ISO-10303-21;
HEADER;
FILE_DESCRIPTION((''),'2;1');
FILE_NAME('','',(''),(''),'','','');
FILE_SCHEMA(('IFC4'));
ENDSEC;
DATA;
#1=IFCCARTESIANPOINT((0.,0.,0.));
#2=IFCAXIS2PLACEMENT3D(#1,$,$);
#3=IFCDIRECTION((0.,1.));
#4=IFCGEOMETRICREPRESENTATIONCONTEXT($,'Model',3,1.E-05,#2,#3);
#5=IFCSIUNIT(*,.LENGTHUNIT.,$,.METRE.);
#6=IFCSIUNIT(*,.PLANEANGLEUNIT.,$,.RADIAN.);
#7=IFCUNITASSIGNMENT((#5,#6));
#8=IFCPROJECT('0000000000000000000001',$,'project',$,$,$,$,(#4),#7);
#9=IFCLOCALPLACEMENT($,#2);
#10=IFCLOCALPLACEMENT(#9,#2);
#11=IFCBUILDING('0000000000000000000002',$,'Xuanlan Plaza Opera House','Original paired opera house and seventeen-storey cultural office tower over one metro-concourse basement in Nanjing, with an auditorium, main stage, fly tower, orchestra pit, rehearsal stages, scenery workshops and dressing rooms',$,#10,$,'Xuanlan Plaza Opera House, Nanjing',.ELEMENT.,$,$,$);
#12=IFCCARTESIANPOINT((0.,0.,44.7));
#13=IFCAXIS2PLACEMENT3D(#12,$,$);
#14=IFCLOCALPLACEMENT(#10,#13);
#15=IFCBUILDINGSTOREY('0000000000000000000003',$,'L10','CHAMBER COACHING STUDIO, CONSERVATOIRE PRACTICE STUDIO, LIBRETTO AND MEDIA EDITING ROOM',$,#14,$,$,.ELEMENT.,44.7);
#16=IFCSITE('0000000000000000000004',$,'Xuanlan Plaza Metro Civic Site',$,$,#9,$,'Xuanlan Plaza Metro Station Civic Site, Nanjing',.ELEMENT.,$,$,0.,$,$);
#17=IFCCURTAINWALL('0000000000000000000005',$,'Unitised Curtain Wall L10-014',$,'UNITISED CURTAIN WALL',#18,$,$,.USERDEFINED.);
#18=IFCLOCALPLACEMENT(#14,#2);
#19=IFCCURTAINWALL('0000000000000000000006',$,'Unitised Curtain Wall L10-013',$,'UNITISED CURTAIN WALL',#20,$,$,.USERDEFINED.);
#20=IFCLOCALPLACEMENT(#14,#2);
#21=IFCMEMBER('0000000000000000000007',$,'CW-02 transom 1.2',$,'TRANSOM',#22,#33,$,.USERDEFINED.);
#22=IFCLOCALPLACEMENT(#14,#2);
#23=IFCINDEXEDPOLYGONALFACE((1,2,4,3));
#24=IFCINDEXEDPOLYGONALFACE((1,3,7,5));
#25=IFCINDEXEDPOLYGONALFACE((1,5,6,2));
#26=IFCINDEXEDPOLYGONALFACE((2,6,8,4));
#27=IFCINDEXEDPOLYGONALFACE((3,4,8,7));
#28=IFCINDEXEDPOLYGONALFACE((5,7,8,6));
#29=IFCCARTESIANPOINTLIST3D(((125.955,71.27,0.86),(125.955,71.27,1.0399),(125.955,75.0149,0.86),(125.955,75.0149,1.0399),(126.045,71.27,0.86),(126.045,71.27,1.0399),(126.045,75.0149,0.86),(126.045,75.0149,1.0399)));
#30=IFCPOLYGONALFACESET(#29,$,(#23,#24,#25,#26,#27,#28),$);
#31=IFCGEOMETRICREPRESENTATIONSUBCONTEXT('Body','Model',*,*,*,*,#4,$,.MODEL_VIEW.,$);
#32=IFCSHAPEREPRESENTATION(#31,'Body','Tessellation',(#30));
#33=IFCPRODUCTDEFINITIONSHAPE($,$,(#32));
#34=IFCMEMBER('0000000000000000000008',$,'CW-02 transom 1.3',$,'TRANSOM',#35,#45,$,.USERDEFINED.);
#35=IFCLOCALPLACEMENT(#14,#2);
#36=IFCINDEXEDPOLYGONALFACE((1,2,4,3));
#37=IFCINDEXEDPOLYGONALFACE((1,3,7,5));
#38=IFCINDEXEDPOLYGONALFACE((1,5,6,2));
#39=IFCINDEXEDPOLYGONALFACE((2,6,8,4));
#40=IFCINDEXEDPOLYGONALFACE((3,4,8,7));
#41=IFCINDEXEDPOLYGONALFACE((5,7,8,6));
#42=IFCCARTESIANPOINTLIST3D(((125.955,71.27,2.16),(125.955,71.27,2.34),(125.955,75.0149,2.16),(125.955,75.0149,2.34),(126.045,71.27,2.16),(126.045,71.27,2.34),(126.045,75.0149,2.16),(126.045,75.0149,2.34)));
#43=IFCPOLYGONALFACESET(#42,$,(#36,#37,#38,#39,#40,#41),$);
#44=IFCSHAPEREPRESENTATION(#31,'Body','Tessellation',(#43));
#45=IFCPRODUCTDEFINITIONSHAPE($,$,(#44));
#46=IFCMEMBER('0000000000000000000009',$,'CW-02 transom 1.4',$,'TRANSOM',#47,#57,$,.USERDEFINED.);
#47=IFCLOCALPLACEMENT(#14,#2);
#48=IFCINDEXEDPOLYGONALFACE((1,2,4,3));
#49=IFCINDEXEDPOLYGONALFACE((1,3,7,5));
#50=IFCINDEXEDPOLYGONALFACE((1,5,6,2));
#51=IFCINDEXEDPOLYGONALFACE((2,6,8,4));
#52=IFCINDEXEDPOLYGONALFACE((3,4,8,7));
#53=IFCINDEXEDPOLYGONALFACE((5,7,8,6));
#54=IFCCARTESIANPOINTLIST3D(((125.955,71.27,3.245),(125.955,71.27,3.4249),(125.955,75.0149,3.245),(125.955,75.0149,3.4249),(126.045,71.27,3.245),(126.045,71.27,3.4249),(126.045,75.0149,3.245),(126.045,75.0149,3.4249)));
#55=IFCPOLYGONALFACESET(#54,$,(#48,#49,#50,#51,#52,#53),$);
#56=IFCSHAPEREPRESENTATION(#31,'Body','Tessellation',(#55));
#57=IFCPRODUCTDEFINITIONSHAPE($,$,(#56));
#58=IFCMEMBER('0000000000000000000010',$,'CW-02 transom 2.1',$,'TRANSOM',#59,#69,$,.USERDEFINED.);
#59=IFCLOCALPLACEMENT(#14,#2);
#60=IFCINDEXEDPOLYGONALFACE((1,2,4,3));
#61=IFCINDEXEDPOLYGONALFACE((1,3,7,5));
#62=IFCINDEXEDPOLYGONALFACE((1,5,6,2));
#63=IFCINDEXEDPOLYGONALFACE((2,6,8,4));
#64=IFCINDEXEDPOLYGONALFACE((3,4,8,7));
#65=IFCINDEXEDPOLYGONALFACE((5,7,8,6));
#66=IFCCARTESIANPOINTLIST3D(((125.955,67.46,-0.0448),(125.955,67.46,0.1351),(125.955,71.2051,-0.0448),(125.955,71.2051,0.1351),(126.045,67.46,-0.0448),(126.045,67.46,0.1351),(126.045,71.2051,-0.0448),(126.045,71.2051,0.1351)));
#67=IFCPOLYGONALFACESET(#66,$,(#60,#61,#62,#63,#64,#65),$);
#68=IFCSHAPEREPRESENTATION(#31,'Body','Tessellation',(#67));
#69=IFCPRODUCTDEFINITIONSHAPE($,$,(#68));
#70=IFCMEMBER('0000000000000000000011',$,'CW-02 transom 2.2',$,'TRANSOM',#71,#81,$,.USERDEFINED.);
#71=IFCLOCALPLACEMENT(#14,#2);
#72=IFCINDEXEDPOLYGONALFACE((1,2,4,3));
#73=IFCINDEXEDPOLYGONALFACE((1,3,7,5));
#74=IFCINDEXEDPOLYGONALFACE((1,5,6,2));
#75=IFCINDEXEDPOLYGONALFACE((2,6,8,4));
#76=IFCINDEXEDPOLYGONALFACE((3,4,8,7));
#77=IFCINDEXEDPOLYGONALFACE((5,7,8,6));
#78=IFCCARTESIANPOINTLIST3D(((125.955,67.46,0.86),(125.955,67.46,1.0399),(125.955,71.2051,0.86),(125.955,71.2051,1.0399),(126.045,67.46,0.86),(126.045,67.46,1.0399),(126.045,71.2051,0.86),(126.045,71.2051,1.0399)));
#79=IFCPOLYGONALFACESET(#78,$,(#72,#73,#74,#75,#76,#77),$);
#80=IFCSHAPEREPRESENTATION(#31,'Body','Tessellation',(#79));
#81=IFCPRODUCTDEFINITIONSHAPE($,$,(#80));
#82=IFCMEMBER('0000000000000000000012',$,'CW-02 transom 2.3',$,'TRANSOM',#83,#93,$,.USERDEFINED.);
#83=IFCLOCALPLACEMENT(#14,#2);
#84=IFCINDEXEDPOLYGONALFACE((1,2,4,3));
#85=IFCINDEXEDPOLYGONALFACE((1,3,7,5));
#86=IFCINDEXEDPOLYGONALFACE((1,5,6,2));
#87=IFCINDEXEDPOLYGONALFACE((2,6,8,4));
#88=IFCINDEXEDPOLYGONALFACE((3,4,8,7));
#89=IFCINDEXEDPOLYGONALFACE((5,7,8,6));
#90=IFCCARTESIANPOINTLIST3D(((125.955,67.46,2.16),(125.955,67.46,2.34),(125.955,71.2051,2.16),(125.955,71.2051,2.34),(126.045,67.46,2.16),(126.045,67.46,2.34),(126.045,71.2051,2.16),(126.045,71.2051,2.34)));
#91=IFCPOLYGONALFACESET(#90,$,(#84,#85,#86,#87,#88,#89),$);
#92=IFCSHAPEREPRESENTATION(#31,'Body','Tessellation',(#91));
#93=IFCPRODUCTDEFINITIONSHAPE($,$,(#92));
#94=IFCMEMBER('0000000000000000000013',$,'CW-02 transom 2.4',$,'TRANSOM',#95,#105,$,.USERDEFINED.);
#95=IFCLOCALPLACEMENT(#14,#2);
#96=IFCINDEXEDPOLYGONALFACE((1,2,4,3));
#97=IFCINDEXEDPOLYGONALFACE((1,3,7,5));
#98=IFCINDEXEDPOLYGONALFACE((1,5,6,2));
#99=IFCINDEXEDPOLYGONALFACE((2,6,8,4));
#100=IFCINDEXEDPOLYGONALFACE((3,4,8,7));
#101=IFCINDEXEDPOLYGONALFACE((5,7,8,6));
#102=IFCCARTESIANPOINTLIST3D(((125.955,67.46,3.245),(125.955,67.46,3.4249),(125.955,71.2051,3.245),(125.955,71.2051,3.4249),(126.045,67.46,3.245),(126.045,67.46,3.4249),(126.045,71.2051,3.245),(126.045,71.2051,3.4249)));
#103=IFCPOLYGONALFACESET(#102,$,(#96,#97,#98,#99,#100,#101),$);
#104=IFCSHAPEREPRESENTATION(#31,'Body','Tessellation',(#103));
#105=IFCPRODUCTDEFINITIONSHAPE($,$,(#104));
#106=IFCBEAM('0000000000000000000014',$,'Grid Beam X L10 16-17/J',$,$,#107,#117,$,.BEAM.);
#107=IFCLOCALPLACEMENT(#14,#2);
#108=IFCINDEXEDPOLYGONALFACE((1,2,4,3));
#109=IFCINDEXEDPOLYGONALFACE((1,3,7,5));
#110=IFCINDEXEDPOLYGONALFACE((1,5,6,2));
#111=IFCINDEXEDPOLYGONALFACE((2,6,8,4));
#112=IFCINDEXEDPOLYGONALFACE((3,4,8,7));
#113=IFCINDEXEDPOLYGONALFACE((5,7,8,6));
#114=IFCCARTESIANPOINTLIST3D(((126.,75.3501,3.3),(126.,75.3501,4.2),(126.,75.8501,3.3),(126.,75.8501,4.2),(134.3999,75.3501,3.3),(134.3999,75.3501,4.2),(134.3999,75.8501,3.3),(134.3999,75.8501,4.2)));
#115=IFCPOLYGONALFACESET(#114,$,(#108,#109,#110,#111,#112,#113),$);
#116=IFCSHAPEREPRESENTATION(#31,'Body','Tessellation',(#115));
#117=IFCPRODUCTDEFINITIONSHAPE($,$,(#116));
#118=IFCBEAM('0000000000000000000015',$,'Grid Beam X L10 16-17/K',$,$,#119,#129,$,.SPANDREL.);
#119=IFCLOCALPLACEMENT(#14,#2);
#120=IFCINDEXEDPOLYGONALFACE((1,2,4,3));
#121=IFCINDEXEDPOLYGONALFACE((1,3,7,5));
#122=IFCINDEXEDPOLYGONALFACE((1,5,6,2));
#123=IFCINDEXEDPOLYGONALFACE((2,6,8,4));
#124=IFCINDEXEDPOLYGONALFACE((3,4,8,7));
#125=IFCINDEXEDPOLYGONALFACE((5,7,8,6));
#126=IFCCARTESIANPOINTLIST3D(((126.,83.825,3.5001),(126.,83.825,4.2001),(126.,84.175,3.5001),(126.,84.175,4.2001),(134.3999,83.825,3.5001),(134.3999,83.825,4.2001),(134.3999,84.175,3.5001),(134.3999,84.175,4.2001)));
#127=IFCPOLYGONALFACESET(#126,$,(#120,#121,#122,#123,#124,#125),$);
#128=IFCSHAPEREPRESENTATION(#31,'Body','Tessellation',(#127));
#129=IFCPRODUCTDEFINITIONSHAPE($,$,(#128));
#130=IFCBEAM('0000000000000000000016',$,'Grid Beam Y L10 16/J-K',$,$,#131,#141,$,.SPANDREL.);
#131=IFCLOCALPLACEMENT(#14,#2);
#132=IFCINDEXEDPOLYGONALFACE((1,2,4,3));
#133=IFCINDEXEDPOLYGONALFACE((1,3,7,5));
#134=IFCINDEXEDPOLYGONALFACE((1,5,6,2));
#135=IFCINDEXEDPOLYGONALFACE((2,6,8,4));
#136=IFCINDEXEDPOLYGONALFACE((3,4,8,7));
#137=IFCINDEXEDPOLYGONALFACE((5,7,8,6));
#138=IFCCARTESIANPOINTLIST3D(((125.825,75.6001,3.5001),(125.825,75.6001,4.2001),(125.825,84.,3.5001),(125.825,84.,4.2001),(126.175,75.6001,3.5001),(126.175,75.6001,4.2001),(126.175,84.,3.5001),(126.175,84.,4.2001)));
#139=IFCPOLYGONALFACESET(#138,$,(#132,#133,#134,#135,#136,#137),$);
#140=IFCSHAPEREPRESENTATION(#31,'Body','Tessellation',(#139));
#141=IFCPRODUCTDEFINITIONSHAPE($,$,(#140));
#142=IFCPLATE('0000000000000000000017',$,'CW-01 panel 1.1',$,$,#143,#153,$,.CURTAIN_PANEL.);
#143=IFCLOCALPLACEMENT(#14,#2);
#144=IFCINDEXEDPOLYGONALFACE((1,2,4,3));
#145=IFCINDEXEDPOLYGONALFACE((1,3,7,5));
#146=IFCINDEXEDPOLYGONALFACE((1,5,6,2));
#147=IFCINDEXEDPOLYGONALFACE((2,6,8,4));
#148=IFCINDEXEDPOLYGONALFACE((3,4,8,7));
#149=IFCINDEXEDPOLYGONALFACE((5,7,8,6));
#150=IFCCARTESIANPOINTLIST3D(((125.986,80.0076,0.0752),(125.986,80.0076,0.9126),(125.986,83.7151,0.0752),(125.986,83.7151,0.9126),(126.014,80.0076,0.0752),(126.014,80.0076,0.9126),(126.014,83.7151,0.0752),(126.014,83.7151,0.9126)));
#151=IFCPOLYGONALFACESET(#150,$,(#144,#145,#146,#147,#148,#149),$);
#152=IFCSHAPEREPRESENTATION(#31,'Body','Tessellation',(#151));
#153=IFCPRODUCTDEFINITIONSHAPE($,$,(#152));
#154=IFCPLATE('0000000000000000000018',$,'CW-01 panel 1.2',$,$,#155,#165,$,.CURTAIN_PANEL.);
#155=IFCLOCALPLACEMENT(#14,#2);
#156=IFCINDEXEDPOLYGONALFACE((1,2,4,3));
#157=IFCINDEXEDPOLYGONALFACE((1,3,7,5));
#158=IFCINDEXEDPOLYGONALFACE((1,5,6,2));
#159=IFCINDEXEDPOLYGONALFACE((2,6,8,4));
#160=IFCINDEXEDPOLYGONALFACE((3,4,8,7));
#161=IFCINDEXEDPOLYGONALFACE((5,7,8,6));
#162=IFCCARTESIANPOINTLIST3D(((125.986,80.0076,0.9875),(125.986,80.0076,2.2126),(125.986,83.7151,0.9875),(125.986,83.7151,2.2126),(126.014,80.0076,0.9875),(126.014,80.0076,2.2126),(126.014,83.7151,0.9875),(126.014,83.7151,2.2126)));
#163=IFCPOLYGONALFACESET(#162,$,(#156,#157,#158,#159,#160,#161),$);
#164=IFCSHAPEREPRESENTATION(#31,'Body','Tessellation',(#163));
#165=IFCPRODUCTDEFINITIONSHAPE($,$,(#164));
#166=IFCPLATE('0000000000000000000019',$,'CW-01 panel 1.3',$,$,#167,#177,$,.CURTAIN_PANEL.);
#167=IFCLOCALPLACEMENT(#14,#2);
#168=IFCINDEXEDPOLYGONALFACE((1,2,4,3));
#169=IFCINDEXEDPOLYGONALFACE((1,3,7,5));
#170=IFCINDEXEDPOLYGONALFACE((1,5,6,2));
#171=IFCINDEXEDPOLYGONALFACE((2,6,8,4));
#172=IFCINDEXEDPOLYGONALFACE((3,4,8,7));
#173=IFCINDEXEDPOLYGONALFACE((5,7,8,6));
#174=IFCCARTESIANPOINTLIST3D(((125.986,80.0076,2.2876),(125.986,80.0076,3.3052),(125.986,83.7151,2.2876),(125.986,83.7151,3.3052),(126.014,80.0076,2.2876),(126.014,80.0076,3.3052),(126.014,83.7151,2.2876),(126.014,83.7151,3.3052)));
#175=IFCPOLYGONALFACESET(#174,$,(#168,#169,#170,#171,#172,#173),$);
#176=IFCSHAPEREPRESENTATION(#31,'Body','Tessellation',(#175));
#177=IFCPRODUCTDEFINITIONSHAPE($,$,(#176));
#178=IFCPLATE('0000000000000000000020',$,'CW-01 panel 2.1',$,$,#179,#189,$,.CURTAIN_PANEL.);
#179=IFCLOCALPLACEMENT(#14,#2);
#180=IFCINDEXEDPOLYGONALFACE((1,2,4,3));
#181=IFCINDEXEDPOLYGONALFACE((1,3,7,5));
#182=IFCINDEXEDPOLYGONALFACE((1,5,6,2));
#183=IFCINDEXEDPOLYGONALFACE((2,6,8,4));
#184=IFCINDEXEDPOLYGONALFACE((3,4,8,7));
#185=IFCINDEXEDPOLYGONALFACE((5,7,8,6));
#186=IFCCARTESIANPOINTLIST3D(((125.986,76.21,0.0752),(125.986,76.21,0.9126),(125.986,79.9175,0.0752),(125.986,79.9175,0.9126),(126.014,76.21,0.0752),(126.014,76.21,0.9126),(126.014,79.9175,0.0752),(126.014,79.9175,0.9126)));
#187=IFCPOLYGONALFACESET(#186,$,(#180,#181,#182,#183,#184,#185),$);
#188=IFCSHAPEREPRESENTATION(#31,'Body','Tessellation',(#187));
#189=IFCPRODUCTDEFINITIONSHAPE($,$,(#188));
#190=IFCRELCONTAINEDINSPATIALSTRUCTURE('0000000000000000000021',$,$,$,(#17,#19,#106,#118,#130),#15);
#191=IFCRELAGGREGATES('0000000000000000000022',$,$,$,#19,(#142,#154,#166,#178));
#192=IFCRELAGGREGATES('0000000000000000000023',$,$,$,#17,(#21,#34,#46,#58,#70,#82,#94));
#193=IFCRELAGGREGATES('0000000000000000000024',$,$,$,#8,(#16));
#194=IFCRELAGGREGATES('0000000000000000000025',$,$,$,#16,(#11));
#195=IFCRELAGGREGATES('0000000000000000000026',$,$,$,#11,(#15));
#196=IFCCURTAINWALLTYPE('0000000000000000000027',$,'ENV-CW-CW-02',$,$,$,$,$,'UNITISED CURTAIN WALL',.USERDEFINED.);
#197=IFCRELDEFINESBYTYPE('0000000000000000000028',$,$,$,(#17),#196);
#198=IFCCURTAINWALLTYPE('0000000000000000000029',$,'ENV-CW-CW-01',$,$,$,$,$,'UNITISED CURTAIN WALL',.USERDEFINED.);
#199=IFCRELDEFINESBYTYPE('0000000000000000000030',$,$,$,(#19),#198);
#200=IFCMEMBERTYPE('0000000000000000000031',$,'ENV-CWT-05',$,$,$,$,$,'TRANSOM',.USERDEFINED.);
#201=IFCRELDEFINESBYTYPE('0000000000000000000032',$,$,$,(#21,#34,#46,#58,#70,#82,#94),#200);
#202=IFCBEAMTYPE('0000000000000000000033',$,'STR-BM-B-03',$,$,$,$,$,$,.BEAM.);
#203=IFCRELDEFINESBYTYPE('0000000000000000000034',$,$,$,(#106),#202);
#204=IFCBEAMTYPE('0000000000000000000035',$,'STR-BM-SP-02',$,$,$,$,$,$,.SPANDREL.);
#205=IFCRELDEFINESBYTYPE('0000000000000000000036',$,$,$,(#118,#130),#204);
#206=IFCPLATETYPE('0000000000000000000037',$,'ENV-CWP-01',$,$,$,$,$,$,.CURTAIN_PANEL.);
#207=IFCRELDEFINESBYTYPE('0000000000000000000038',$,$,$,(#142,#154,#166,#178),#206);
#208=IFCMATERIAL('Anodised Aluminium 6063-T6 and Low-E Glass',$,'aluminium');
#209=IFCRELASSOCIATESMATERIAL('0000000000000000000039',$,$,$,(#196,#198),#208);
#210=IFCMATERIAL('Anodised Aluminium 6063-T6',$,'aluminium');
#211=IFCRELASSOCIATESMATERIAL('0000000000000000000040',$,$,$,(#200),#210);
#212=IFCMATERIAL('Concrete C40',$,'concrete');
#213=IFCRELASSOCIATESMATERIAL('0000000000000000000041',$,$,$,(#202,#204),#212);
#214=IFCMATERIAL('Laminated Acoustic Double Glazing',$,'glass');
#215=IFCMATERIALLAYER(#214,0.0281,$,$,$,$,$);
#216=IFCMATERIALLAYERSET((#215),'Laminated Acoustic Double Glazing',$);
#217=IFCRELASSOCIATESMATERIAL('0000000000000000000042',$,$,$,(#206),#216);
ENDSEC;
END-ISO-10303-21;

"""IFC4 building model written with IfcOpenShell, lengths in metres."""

from ifc_helpers import new_model, si_unit, direction, frame, origin, origin_2d, place, context, subcontext, project, spatial, rectangle, extrude, material, layer, layer_set, material_profile, profile_set, type_object, element, aggregate, save


model = new_model("IFC4")

# Units and contexts
model_context = context("Model", 3, precision=1e-05, world=origin(), true_north=direction((0.0, 1.0)))
body_context = subcontext(model_context, "Body", "Model", "MODEL_VIEW")
ifc_project = project(units=[si_unit("LENGTHUNIT", "METRE"), si_unit("PLANEANGLEUNIT", "RADIAN")], contexts=[model_context])

# Site, building, storey
site_placement = place(None, origin())
site = spatial("IfcSite", under=ifc_project, at=site_placement, Name="Xuanlan Plaza Metro Civic Site", LongName="Xuanlan Plaza Metro Station Civic Site, Nanjing", CompositionType="ELEMENT", RefElevation=0.0)
building_placement = place(site_placement, origin())
building = spatial("IfcBuilding", under=site, at=building_placement, Name="Xuanlan Plaza Opera House", Description="Original paired opera house and seventeen-storey cultural office tower over one metro-concourse basement in Nanjing, with an auditorium, main stage, fly tower, orchestra pit, rehearsal stages, scenery workshops and dressing rooms", LongName="Xuanlan Plaza Opera House, Nanjing", CompositionType="ELEMENT")
storey_placement = place(building_placement, frame((0.0, 0.0, 44.7)))
storey = spatial("IfcBuildingStorey", under=building, at=storey_placement, Name="L10", Description="CHAMBER COACHING STUDIO, CONSERVATOIRE PRACTICE STUDIO, LIBRETTO AND MEDIA EDITING ROOM", CompositionType="ELEMENT", Elevation=44.7)

# Curtain walls
ifc_material_1 = material(Name="Anodised Aluminium 6063-T6 and Low-E Glass", Category="aluminium")
curtain_wall_type_1 = type_object("IfcCurtainWallType", Name="ENV-CW-CW-02", ElementType="UNITISED CURTAIN WALL", PredefinedType="USERDEFINED", material=ifc_material_1)
curtain_wall_1_placement = place(storey_placement, origin())
curtain_wall_1 = element("IfcCurtainWall", 1, at=curtain_wall_1_placement, inside=storey, type_object=curtain_wall_type_1, Name="Unitised Curtain Wall L10-014", ObjectType="UNITISED CURTAIN WALL", PredefinedType="USERDEFINED")
ifc_material_2 = material(Name="Anodised Aluminium 6063-T6", Category="aluminium")
curtain_wall_type_2 = type_object("IfcCurtainWallType", Name="ENV-CW-CW-01", ElementType="UNITISED CURTAIN WALL", PredefinedType="USERDEFINED", material=ifc_material_1)
curtain_wall_2_placement = place(storey_placement, origin())
curtain_wall_2 = element("IfcCurtainWall", 2, at=curtain_wall_2_placement, inside=storey, type_object=curtain_wall_type_2, Name="Unitised Curtain Wall L10-013", ObjectType="UNITISED CURTAIN WALL", PredefinedType="USERDEFINED")

# Members
ifc_material_profile_1 = material_profile(ifc_material_2, rectangle(XDim=0.0901, YDim=0.1799, at=origin_2d()), Name="ALU-T 90x180")
ifc_profile_set_1 = profile_set([ifc_material_profile_1], Name="Anodised Aluminium 6063-T6")
member_type_1 = type_object("IfcMemberType", Name="ENV-CWT-05", ElementType="TRANSOM", PredefinedType="USERDEFINED", material=ifc_profile_set_1)
member_1_placement = place(storey_placement, frame((126.0, 75.0149, 0.95), z_axis=(0.0, -1.0, 0.0), x_axis=(1.0, 0.0, 0.0)))
member_1 = element("IfcMember", 3, at=member_1_placement, type_object=member_type_1, Name="CW-02 transom 1.2", ObjectType="TRANSOM", PredefinedType="USERDEFINED", context=body_context, shape_type="SweptSolid", body=[
    extrude(rectangle(XDim=0.0901, YDim=0.1799, at=origin_2d()), origin(), (0.0, 0.0, 1.0), 3.7449),
])
member_2_placement = place(storey_placement, frame((126.0, 75.0149, 2.25), z_axis=(0.0, -1.0, 0.0), x_axis=(1.0, 0.0, 0.0)))
member_2 = element("IfcMember", 4, at=member_2_placement, type_object=member_type_1, Name="CW-02 transom 1.3", ObjectType="TRANSOM", PredefinedType="USERDEFINED", context=body_context, shape_type="SweptSolid", body=[
    extrude(rectangle(XDim=0.0901, YDim=0.1799, at=origin_2d()), origin(), (0.0, 0.0, 1.0), 3.7449),
])
member_3_placement = place(storey_placement, frame((126.0, 75.0149, 3.335), z_axis=(0.0, -1.0, 0.0), x_axis=(1.0, 0.0, 0.0)))
member_3 = element("IfcMember", 5, at=member_3_placement, type_object=member_type_1, Name="CW-02 transom 1.4", ObjectType="TRANSOM", PredefinedType="USERDEFINED", context=body_context, shape_type="SweptSolid", body=[
    extrude(rectangle(XDim=0.0901, YDim=0.1799, at=origin_2d()), origin(), (0.0, 0.0, 1.0), 3.7449),
])
member_4_placement = place(storey_placement, frame((126.0, 71.2051, 0.0452), z_axis=(0.0, -1.0, 0.0), x_axis=(1.0, 0.0, 0.0)))
member_4 = element("IfcMember", 6, at=member_4_placement, type_object=member_type_1, Name="CW-02 transom 2.1", ObjectType="TRANSOM", PredefinedType="USERDEFINED", context=body_context, shape_type="SweptSolid", body=[
    extrude(rectangle(XDim=0.0901, YDim=0.1799, at=origin_2d()), origin(), (0.0, 0.0, 1.0), 3.7451),
])
member_5_placement = place(storey_placement, frame((126.0, 71.2051, 0.95), z_axis=(0.0, -1.0, 0.0), x_axis=(1.0, 0.0, 0.0)))
member_5 = element("IfcMember", 7, at=member_5_placement, type_object=member_type_1, Name="CW-02 transom 2.2", ObjectType="TRANSOM", PredefinedType="USERDEFINED", context=body_context, shape_type="SweptSolid", body=[
    extrude(rectangle(XDim=0.0901, YDim=0.1799, at=origin_2d()), origin(), (0.0, 0.0, 1.0), 3.7451),
])
member_6_placement = place(storey_placement, frame((126.0, 71.2051, 2.25), z_axis=(0.0, -1.0, 0.0), x_axis=(1.0, 0.0, 0.0)))
member_6 = element("IfcMember", 8, at=member_6_placement, type_object=member_type_1, Name="CW-02 transom 2.3", ObjectType="TRANSOM", PredefinedType="USERDEFINED", context=body_context, shape_type="SweptSolid", body=[
    extrude(rectangle(XDim=0.0901, YDim=0.1799, at=origin_2d()), origin(), (0.0, 0.0, 1.0), 3.7451),
])
member_7_placement = place(storey_placement, frame((126.0, 71.2051, 3.335), z_axis=(0.0, -1.0, 0.0), x_axis=(1.0, 0.0, 0.0)))
member_7 = element("IfcMember", 9, at=member_7_placement, type_object=member_type_1, Name="CW-02 transom 2.4", ObjectType="TRANSOM", PredefinedType="USERDEFINED", context=body_context, shape_type="SweptSolid", body=[
    extrude(rectangle(XDim=0.0901, YDim=0.1799, at=origin_2d()), origin(), (0.0, 0.0, 1.0), 3.7451),
])

# Beams
ifc_material_3 = material(Name="Concrete C40", Category="concrete")
ifc_material_profile_2 = material_profile(ifc_material_3, rectangle(XDim=0.5, YDim=0.8999, at=origin_2d()), Name="RC-BM 500x900")
ifc_profile_set_2 = profile_set([ifc_material_profile_2], Name="Concrete C40")
beam_type_1 = type_object("IfcBeamType", Name="STR-BM-B-03", PredefinedType="BEAM", material=ifc_profile_set_2)
beam_placement = place(storey_placement, frame((126.0, 75.6001, 3.75), z_axis=(1.0, 0.0, 0.0), x_axis=(0.0, 1.0, 0.0)))
element("IfcBeam", 10, at=beam_placement, inside=storey, type_object=beam_type_1, Name="Grid Beam X L10 16-17/J", PredefinedType="BEAM", context=body_context, shape_type="SweptSolid", body=[
    extrude(rectangle(XDim=0.5, YDim=0.8999, at=origin_2d()), origin(), (0.0, 0.0, 1.0), 8.3999),
])
ifc_material_profile_3 = material_profile(ifc_material_3, rectangle(XDim=0.3501, YDim=0.7, at=origin_2d()), Name="RC-SPD 350x700")
ifc_profile_set_3 = profile_set([ifc_material_profile_3], Name="Concrete C40")
beam_type_2 = type_object("IfcBeamType", Name="STR-BM-SP-02", PredefinedType="SPANDREL", material=ifc_profile_set_3)
for number, where, z_axis, x_axis, name in (
    (11, (126.0, 84.0, 3.8501), (1.0, 0.0, 0.0), (0.0, 1.0, 0.0), "Grid Beam X L10 16-17/K"),
    (12, (126.0, 75.6001, 3.8501), (0.0, 1.0, 0.0), (-1.0, 0.0, 0.0), "Grid Beam Y L10 16/J-K"),
):
    element("IfcBeam", number, at=place(storey_placement, frame(where, z_axis=z_axis, x_axis=x_axis)), inside=storey, type_object=beam_type_2, Name=name, PredefinedType="SPANDREL", context=body_context, shape_type="SweptSolid", body=[
        extrude(rectangle(XDim=0.3501, YDim=0.7, at=origin_2d()), origin(), (0.0, 0.0, 1.0), 8.3999),
    ])

# Plates
ifc_material_4 = material(Name="Laminated Acoustic Double Glazing", Category="glass")
ifc_layer_1 = layer(ifc_material_4, 0.0281)
ifc_layer_set_1 = layer_set([ifc_layer_1], Name="Laminated Acoustic Double Glazing")
plate_type_1 = type_object("IfcPlateType", Name="ENV-CWP-01", PredefinedType="CURTAIN_PANEL", material=ifc_layer_set_1)
plate_1_placement = place(storey_placement, frame((126.0, 81.8613, 0.0752), z_axis=(0.0, 0.0, 1.0), x_axis=(0.0, -1.0, 0.0)))
plate_1 = element("IfcPlate", 13, at=plate_1_placement, type_object=plate_type_1, Name="CW-01 panel 1.1", PredefinedType="CURTAIN_PANEL", context=body_context, shape_type="SweptSolid", body=[
    extrude(rectangle(XDim=3.7075, YDim=0.0281, at=origin_2d()), origin(), (0.0, 0.0, 1.0), 0.8374),
])
plate_2_placement = place(storey_placement, frame((126.0, 81.8613, 0.9875), z_axis=(0.0, 0.0, 1.0), x_axis=(0.0, -1.0, 0.0)))
plate_2 = element("IfcPlate", 14, at=plate_2_placement, type_object=plate_type_1, Name="CW-01 panel 1.2", PredefinedType="CURTAIN_PANEL", context=body_context, shape_type="SweptSolid", body=[
    extrude(rectangle(XDim=3.7075, YDim=0.0281, at=origin_2d()), origin(), (0.0, 0.0, 1.0), 1.2251),
])
plate_3_placement = place(storey_placement, frame((126.0, 81.8613, 2.2876), z_axis=(0.0, 0.0, 1.0), x_axis=(0.0, -1.0, 0.0)))
plate_3 = element("IfcPlate", 15, at=plate_3_placement, type_object=plate_type_1, Name="CW-01 panel 1.3", PredefinedType="CURTAIN_PANEL", context=body_context, shape_type="SweptSolid", body=[
    extrude(rectangle(XDim=3.7075, YDim=0.0281, at=origin_2d()), origin(), (0.0, 0.0, 1.0), 1.0176),
])
plate_4_placement = place(storey_placement, frame((126.0, 78.0637, 0.0752), z_axis=(0.0, 0.0, 1.0), x_axis=(0.0, -1.0, 0.0)))
plate_4 = element("IfcPlate", 16, at=plate_4_placement, type_object=plate_type_1, Name="CW-01 panel 2.1", PredefinedType="CURTAIN_PANEL", context=body_context, shape_type="SweptSolid", body=[
    extrude(rectangle(XDim=3.7075, YDim=0.0281, at=origin_2d()), origin(), (0.0, 0.0, 1.0), 0.8374),
])
aggregate(curtain_wall_2, [plate_1, plate_2, plate_3, plate_4])
aggregate(curtain_wall_1, [member_1, member_2, member_3, member_4, member_5, member_6, member_7])

save(model, "model.ifc")
